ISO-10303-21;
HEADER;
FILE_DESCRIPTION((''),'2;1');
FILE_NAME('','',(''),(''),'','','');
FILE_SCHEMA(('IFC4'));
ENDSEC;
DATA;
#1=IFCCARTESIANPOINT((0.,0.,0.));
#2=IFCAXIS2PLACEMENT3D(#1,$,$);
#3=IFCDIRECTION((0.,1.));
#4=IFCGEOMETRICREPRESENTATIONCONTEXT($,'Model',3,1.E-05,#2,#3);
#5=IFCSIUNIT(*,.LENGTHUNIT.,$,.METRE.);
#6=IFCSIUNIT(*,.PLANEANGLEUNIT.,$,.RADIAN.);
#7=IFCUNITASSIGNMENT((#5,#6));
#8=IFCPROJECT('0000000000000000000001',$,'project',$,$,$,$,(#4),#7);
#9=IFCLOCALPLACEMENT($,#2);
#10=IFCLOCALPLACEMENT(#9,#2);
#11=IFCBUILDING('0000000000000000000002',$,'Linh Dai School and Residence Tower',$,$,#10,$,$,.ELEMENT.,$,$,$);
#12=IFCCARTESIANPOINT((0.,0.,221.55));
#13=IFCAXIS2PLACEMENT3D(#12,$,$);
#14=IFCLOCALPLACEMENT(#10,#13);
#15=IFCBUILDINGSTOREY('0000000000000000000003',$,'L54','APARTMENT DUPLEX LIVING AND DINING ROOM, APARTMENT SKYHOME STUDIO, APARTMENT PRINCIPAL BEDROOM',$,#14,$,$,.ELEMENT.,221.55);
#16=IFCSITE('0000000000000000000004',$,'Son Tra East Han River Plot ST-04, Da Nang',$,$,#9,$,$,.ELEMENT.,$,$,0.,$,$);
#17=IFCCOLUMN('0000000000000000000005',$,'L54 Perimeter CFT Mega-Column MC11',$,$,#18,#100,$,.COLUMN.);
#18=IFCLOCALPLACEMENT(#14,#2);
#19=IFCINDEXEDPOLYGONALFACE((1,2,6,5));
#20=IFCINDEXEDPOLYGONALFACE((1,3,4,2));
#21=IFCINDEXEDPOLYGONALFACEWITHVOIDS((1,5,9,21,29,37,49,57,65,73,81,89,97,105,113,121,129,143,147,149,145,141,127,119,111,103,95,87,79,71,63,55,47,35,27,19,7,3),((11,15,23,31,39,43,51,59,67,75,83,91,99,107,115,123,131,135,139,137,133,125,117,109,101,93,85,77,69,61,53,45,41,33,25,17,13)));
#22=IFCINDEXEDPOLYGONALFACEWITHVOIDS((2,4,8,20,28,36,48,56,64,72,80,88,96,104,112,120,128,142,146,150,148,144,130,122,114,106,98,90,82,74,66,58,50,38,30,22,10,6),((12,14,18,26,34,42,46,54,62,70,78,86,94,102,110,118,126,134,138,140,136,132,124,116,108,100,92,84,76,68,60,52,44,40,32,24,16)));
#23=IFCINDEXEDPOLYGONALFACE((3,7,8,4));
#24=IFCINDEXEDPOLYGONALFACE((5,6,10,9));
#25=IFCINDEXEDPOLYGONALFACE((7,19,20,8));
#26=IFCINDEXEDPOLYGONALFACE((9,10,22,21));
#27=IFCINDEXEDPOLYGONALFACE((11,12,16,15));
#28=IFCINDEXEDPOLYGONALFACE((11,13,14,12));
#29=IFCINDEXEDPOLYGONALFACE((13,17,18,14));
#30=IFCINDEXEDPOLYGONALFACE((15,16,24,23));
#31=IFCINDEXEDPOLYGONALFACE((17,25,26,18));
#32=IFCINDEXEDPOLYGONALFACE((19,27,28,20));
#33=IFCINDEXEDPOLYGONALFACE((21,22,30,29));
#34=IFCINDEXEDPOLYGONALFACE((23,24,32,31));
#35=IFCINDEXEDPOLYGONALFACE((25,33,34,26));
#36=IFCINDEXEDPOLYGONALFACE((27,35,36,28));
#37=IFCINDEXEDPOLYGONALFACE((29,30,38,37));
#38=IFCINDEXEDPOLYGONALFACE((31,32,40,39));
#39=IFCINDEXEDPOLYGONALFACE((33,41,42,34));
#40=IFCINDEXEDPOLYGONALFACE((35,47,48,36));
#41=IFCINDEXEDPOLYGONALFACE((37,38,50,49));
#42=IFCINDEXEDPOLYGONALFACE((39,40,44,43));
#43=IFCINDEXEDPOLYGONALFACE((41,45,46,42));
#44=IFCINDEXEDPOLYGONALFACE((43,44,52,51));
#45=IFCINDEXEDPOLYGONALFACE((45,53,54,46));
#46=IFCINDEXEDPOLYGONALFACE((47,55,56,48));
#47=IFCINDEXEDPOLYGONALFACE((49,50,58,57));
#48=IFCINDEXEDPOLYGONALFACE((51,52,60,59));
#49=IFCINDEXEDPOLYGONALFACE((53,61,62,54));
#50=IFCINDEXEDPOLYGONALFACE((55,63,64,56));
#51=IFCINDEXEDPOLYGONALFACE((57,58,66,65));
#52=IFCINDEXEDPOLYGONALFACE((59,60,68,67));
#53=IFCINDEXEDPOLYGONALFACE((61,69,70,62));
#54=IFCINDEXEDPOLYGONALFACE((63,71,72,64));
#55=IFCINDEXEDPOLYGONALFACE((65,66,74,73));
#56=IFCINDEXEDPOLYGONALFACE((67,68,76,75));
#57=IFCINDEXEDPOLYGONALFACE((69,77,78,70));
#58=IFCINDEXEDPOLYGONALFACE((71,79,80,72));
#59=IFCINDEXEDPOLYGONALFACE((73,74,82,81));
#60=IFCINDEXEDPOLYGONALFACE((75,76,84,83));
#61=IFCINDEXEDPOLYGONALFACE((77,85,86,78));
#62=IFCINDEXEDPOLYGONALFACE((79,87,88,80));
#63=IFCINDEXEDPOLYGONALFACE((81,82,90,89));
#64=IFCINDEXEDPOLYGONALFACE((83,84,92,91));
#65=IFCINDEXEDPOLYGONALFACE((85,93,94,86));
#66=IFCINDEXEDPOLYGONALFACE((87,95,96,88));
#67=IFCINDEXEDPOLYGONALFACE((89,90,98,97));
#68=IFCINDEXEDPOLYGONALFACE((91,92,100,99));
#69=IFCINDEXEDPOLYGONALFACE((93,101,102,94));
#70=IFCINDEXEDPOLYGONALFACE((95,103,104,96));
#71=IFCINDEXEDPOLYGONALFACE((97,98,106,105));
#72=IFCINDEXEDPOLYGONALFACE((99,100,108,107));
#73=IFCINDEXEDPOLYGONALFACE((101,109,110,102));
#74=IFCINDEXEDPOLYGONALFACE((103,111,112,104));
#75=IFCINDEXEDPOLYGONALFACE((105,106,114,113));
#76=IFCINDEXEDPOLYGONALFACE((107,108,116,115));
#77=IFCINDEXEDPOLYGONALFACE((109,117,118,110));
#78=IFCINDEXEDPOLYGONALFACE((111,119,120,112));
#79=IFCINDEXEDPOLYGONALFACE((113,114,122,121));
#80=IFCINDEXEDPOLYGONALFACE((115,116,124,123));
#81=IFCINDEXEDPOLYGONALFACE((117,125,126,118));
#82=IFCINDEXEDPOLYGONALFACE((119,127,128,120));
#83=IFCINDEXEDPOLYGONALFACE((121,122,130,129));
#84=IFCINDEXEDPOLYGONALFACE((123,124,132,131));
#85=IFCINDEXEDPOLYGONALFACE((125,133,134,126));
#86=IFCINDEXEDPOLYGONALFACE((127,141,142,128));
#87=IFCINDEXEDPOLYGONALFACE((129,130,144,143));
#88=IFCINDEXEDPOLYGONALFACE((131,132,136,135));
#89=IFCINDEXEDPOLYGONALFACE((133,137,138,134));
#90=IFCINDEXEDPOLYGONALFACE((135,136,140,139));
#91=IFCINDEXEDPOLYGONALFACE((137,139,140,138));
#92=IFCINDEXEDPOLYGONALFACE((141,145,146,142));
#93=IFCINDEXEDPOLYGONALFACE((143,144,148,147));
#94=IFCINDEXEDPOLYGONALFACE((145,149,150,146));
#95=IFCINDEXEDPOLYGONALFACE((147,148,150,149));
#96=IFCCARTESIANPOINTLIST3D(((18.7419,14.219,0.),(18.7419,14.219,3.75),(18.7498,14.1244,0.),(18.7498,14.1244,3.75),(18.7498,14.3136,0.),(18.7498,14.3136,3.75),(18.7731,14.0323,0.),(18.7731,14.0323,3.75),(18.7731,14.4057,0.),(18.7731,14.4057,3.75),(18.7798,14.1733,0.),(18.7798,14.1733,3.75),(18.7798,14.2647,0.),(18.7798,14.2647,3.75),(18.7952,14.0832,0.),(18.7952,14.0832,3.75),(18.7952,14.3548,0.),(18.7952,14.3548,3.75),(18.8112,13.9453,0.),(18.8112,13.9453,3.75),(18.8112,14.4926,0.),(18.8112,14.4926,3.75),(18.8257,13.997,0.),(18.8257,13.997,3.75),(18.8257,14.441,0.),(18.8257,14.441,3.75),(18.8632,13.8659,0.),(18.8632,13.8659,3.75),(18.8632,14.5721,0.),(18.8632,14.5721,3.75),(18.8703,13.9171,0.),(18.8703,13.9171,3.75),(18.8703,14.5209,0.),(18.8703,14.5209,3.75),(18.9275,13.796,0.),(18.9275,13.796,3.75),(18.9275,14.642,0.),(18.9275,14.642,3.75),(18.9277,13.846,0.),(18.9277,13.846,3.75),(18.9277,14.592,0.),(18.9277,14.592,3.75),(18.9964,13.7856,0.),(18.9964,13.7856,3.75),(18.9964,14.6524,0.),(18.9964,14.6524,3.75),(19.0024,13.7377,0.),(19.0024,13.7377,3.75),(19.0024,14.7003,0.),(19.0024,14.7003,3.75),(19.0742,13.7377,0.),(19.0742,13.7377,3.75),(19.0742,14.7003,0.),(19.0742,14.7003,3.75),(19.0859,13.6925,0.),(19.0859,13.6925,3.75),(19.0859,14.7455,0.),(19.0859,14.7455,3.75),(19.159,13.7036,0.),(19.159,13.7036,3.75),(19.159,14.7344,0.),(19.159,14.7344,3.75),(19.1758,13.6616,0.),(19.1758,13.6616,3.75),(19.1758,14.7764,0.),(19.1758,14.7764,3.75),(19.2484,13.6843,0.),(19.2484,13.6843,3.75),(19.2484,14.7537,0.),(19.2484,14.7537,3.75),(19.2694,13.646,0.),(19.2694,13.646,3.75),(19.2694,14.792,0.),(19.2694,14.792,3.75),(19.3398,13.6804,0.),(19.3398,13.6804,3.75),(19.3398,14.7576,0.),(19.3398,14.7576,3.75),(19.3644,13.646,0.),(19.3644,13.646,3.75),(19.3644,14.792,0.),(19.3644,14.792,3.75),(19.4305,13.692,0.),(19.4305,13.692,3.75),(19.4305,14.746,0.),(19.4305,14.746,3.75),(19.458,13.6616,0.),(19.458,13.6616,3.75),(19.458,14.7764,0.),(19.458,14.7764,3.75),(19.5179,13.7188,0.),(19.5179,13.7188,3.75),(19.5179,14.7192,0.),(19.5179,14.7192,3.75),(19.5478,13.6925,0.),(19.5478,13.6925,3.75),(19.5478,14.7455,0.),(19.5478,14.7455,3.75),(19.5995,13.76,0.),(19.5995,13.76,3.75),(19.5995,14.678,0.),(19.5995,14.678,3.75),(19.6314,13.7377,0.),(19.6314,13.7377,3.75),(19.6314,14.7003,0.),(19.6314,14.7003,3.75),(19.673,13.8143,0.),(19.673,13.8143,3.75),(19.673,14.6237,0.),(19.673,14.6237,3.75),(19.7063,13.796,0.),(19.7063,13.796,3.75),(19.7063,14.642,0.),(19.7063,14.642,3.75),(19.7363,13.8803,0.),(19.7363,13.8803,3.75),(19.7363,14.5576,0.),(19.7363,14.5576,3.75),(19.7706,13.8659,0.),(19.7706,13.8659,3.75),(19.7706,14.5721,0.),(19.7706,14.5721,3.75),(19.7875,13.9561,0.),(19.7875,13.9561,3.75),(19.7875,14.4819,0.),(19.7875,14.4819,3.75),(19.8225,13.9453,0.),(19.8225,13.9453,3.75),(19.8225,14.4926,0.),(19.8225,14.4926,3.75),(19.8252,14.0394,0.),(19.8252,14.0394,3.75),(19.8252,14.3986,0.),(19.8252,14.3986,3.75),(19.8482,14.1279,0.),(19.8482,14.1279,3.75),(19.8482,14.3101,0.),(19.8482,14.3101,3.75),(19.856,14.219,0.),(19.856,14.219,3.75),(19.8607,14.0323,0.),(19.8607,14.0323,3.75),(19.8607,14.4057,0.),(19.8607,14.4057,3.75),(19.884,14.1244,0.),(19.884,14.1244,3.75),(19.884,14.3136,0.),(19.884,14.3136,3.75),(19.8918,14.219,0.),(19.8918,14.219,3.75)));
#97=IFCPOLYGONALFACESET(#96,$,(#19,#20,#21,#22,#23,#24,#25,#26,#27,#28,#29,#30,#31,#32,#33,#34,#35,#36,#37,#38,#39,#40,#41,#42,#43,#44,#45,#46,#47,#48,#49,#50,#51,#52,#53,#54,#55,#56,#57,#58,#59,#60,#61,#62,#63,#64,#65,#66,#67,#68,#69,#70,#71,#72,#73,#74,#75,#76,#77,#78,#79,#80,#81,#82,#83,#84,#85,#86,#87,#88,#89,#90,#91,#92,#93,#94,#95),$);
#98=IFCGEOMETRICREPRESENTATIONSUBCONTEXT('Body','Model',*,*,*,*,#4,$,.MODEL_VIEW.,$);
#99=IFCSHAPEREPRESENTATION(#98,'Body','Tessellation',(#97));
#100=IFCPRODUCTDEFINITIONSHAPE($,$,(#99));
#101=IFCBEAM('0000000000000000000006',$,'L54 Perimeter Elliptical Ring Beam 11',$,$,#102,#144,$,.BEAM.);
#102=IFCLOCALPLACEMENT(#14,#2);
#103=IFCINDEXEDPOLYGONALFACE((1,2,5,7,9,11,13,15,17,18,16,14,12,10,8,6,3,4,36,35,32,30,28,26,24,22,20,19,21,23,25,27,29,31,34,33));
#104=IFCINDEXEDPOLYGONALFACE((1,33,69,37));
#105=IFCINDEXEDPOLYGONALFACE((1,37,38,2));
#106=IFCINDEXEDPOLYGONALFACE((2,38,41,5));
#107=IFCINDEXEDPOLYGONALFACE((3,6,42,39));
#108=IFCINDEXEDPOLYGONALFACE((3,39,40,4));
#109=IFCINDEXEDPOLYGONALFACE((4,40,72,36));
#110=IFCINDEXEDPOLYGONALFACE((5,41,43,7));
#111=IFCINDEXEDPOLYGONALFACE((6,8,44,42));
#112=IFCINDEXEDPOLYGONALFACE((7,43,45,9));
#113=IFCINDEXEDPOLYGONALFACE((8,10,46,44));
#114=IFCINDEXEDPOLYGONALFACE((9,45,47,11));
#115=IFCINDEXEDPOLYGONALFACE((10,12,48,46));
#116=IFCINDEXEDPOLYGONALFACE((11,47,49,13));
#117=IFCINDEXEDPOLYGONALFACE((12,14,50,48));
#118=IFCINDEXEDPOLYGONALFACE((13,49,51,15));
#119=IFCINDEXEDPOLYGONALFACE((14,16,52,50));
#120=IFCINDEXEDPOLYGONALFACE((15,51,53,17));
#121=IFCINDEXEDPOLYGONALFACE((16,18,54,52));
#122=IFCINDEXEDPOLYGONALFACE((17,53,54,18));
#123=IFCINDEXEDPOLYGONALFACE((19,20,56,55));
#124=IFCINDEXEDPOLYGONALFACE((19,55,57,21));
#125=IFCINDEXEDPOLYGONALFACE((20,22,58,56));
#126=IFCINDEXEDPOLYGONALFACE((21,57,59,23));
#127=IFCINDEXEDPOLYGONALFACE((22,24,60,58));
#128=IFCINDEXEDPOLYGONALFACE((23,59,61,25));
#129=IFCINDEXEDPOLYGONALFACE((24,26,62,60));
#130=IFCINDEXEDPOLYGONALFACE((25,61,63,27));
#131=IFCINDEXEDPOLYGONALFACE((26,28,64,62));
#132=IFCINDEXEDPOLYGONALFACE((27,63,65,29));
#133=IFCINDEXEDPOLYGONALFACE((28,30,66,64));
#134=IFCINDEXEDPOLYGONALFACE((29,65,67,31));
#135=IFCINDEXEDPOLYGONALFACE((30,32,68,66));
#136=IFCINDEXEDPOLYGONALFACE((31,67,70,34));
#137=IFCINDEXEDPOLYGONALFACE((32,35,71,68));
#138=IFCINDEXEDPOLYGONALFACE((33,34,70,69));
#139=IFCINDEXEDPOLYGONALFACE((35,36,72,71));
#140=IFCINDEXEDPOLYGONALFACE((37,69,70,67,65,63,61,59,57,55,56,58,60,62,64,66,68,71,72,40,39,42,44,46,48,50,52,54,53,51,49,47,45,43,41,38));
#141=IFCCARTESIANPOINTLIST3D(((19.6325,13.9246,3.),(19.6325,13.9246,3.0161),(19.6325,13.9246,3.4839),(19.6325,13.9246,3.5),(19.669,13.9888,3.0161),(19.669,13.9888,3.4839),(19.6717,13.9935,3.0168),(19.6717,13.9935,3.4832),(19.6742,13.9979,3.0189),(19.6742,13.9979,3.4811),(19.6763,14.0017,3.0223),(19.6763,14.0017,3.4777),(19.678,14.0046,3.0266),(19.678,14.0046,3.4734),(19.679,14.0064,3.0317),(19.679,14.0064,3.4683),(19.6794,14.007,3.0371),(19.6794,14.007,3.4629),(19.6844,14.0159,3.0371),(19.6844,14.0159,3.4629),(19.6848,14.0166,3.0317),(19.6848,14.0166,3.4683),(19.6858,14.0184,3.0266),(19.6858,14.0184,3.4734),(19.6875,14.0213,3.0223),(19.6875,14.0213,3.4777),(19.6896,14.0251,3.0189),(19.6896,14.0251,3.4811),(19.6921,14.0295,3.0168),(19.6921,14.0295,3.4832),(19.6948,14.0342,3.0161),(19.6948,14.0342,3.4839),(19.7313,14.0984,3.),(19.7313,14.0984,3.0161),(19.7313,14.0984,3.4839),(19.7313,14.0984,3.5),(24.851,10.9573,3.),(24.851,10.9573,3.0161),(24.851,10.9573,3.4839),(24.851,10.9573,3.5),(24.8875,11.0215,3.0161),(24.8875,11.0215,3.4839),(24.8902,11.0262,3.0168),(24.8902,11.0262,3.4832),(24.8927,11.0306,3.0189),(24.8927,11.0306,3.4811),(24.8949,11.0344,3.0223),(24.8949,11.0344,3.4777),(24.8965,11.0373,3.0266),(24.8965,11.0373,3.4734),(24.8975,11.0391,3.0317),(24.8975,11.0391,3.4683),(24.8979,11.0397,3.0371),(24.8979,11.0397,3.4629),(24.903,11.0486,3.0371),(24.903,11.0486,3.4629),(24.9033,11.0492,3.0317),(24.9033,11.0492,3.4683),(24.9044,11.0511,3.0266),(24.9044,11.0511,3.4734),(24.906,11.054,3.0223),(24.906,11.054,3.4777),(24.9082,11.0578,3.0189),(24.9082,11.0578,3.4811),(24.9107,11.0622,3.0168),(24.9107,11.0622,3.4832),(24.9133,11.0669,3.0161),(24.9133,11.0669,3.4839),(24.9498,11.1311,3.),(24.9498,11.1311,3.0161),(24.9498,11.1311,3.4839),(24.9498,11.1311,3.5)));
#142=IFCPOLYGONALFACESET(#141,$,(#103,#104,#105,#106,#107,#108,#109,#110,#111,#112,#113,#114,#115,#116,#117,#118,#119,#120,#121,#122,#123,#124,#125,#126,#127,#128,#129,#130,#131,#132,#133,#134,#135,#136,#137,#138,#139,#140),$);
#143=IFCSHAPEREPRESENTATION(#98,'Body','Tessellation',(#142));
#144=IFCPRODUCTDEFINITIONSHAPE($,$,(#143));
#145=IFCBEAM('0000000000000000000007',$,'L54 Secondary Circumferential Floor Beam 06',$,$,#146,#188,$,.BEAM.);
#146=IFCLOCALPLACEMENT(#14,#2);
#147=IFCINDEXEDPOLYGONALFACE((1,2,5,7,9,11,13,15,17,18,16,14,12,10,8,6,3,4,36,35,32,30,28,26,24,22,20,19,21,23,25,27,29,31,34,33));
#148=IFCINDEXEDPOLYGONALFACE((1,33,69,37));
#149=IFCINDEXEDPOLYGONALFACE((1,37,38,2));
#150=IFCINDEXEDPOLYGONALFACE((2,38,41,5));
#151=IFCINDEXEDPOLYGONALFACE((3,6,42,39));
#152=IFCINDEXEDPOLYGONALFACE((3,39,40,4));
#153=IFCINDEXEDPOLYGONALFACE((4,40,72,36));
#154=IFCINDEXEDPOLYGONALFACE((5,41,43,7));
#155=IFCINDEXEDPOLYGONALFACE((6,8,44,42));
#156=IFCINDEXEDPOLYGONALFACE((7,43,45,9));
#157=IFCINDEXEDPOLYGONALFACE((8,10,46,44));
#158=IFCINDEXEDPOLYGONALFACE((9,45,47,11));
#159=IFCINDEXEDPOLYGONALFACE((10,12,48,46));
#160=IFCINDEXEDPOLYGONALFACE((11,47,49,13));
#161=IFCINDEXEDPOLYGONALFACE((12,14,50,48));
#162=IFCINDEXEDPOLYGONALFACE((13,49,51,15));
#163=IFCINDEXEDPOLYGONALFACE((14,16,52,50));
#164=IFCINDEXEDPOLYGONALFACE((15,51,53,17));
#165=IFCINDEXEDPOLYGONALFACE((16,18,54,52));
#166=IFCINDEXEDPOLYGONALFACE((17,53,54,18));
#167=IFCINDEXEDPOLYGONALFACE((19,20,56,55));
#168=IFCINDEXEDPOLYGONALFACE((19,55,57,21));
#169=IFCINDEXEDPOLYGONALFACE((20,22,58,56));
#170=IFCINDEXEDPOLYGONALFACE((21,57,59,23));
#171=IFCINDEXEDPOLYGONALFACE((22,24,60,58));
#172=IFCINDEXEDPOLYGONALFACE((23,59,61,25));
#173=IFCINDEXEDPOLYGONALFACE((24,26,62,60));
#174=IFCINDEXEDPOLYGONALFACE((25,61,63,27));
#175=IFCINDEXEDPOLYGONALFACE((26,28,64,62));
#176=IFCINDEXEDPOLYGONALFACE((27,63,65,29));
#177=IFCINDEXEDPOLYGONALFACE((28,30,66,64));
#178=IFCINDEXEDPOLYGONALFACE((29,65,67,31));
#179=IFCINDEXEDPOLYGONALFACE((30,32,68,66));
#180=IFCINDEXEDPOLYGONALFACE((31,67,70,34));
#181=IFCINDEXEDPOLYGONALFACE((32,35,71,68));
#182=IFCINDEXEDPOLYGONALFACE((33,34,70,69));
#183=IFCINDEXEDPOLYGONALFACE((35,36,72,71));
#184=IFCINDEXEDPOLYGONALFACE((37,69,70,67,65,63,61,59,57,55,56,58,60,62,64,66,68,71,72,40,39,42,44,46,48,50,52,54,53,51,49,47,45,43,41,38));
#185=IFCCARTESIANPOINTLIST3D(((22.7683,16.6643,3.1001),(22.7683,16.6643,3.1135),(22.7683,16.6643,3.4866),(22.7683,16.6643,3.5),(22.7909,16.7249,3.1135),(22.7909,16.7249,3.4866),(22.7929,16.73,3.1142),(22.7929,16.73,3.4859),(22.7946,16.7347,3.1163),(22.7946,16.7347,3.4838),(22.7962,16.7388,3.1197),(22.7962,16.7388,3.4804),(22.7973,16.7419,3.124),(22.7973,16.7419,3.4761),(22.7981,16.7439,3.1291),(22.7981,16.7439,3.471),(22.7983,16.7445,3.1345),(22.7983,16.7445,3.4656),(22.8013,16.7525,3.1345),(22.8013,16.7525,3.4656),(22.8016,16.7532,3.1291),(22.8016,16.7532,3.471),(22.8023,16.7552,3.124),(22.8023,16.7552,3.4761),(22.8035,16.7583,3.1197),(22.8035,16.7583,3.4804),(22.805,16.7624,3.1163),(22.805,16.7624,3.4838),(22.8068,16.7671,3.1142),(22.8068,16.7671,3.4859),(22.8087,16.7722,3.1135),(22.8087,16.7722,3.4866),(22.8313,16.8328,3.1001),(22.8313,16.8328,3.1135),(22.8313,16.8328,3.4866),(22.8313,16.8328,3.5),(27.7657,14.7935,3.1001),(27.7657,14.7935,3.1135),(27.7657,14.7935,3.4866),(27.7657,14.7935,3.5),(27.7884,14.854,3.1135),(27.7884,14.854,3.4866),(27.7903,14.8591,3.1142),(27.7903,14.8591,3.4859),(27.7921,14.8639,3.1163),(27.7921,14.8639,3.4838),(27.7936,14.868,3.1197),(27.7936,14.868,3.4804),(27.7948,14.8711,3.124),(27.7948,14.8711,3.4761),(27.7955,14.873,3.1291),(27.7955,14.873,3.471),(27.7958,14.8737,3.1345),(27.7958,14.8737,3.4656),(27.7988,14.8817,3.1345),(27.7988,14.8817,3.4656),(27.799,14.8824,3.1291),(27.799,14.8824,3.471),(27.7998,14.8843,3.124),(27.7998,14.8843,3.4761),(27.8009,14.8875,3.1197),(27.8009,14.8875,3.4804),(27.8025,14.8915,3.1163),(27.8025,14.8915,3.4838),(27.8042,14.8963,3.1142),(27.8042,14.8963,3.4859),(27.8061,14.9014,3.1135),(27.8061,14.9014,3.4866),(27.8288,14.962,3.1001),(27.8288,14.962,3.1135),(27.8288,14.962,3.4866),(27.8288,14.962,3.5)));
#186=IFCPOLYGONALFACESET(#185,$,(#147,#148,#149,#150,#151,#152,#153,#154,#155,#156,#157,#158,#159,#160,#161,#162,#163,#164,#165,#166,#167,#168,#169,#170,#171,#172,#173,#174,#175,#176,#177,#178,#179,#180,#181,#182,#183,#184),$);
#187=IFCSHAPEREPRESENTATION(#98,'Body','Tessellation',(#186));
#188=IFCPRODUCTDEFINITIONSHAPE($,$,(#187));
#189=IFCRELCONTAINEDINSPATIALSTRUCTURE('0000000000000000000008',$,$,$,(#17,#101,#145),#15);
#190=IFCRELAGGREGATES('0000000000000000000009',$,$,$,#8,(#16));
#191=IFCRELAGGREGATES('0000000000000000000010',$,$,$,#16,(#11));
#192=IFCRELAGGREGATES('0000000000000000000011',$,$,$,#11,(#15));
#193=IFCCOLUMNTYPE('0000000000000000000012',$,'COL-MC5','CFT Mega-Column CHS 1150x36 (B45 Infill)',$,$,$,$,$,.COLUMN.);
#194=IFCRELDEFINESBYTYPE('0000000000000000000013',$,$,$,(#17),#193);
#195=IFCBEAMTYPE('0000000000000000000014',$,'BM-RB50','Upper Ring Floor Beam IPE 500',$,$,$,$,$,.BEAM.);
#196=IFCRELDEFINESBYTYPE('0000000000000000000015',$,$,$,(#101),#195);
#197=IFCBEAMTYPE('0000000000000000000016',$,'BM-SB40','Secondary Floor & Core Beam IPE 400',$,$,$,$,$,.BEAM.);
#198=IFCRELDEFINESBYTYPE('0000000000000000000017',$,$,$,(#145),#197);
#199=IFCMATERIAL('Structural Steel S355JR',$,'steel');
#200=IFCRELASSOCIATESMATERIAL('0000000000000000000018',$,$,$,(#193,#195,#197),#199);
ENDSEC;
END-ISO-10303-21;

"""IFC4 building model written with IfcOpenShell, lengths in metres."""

from ifc_helpers import new_model, si_unit, direction, frame, origin, origin_2d, place, context, subcontext, project, spatial, hollow_circle, i_section, extrude, material, material_profile, profile_set, type_object, element, save


model = new_model("IFC4")

# Units and contexts
model_context = context("Model", 3, precision=1e-05, world=origin(), true_north=direction((0.0, 1.0)))
body_context = subcontext(model_context, "Body", "Model", "MODEL_VIEW")
ifc_project = project(units=[si_unit("LENGTHUNIT", "METRE"), si_unit("PLANEANGLEUNIT", "RADIAN")], contexts=[model_context])

# Site, building, storey
site_placement = place(None, origin())
site = spatial("IfcSite", under=ifc_project, at=site_placement, Name="Son Tra East Han River Plot ST-04, Da Nang", CompositionType="ELEMENT", RefElevation=0.0)
building_placement = place(site_placement, origin())
building = spatial("IfcBuilding", under=site, at=building_placement, Name="Linh Dai School and Residence Tower", CompositionType="ELEMENT")
storey_placement = place(building_placement, frame((0.0, 0.0, 221.55)))
storey = spatial("IfcBuildingStorey", under=building, at=storey_placement, Name="L54", Description="APARTMENT DUPLEX LIVING AND DINING ROOM, APARTMENT SKYHOME STUDIO, APARTMENT PRINCIPAL BEDROOM", CompositionType="ELEMENT", Elevation=221.55)

# Column
ifc_material_1 = material(Name="Structural Steel S355JR", Category="steel")
ifc_material_profile_1 = material_profile(ifc_material_1, hollow_circle(Radius=0.575, WallThickness=0.0359, at=origin_2d()), Name="CHS 1150x36")
ifc_profile_set_1 = profile_set([ifc_material_profile_1], Name="Structural Steel S355JR")
column_type = type_object("IfcColumnType", Name="COL-MC5", Description="CFT Mega-Column CHS 1150x36 (B45 Infill)", PredefinedType="COLUMN", material=ifc_profile_set_1)
column_placement = place(storey_placement, frame((19.3169, 14.219, 0.0), z_axis=(0.0, 0.0, 1.0), x_axis=(1.0, 0.0, 0.0)))
element("IfcColumn", 1, at=column_placement, inside=storey, type_object=column_type, Name="L54 Perimeter CFT Mega-Column MC11", PredefinedType="COLUMN", context=body_context, shape_type="SweptSolid", body=[
    extrude(hollow_circle(Radius=0.575, WallThickness=0.0359, at=origin_2d()), origin(), (0.0, 0.0, 1.0), 3.75),
])

# Beams
ifc_material_profile_2 = material_profile(ifc_material_1, i_section(OverallWidth=0.2, OverallDepth=0.5, WebThickness=0.0103, FlangeThickness=0.0161, FilletRadius=0.021, at=origin_2d()), Name="IPE 500")
ifc_profile_set_2 = profile_set([ifc_material_profile_2], Name="Structural Steel S355JR")
beam_type_1 = type_object("IfcBeamType", Name="BM-RB50", Description="Upper Ring Floor Beam IPE 500", PredefinedType="BEAM", material=ifc_profile_set_2)
beam_1_placement = place(storey_placement, frame((19.6819, 14.0115, 3.25), z_axis=(0.869297, -0.49429, 0.0), x_axis=(0.49429, 0.869297, 0.0)))
element("IfcBeam", 2, at=beam_1_placement, inside=storey, type_object=beam_type_1, Name="L54 Perimeter Elliptical Ring Beam 11", PredefinedType="BEAM", context=body_context, shape_type="SweptSolid", body=[
    extrude(i_section(OverallWidth=0.2, OverallDepth=0.5, WebThickness=0.0103, FlangeThickness=0.0161, FilletRadius=0.021, at=origin_2d()), origin(), (0.0, 0.0, 1.0), 6.0032),
])
ifc_material_profile_3 = material_profile(ifc_material_1, i_section(OverallWidth=0.1799, OverallDepth=0.3999, WebThickness=0.0085, FlangeThickness=0.0134, FilletRadius=0.021, at=origin_2d()), Name="IPE 400")
ifc_profile_set_3 = profile_set([ifc_material_profile_3], Name="Structural Steel S355JR")
beam_type_2 = type_object("IfcBeamType", Name="BM-SB40", Description="Secondary Floor & Core Beam IPE 400", PredefinedType="BEAM", material=ifc_profile_set_3)
beam_2_placement = place(storey_placement, frame((22.7998, 16.7485, 3.3), z_axis=(0.936528, -0.350592, 0.0), x_axis=(0.350592, 0.936528, 0.0)))
element("IfcBeam", 3, at=beam_2_placement, inside=storey, type_object=beam_type_2, Name="L54 Secondary Circumferential Floor Beam 06", PredefinedType="BEAM", context=body_context, shape_type="SweptSolid", body=[
    extrude(i_section(OverallWidth=0.1799, OverallDepth=0.3999, WebThickness=0.0085, FlangeThickness=0.0134, FilletRadius=0.021, at=origin_2d()), origin(), (0.0, 0.0, 1.0), 5.3362),
])

save(model, "model.ifc")
